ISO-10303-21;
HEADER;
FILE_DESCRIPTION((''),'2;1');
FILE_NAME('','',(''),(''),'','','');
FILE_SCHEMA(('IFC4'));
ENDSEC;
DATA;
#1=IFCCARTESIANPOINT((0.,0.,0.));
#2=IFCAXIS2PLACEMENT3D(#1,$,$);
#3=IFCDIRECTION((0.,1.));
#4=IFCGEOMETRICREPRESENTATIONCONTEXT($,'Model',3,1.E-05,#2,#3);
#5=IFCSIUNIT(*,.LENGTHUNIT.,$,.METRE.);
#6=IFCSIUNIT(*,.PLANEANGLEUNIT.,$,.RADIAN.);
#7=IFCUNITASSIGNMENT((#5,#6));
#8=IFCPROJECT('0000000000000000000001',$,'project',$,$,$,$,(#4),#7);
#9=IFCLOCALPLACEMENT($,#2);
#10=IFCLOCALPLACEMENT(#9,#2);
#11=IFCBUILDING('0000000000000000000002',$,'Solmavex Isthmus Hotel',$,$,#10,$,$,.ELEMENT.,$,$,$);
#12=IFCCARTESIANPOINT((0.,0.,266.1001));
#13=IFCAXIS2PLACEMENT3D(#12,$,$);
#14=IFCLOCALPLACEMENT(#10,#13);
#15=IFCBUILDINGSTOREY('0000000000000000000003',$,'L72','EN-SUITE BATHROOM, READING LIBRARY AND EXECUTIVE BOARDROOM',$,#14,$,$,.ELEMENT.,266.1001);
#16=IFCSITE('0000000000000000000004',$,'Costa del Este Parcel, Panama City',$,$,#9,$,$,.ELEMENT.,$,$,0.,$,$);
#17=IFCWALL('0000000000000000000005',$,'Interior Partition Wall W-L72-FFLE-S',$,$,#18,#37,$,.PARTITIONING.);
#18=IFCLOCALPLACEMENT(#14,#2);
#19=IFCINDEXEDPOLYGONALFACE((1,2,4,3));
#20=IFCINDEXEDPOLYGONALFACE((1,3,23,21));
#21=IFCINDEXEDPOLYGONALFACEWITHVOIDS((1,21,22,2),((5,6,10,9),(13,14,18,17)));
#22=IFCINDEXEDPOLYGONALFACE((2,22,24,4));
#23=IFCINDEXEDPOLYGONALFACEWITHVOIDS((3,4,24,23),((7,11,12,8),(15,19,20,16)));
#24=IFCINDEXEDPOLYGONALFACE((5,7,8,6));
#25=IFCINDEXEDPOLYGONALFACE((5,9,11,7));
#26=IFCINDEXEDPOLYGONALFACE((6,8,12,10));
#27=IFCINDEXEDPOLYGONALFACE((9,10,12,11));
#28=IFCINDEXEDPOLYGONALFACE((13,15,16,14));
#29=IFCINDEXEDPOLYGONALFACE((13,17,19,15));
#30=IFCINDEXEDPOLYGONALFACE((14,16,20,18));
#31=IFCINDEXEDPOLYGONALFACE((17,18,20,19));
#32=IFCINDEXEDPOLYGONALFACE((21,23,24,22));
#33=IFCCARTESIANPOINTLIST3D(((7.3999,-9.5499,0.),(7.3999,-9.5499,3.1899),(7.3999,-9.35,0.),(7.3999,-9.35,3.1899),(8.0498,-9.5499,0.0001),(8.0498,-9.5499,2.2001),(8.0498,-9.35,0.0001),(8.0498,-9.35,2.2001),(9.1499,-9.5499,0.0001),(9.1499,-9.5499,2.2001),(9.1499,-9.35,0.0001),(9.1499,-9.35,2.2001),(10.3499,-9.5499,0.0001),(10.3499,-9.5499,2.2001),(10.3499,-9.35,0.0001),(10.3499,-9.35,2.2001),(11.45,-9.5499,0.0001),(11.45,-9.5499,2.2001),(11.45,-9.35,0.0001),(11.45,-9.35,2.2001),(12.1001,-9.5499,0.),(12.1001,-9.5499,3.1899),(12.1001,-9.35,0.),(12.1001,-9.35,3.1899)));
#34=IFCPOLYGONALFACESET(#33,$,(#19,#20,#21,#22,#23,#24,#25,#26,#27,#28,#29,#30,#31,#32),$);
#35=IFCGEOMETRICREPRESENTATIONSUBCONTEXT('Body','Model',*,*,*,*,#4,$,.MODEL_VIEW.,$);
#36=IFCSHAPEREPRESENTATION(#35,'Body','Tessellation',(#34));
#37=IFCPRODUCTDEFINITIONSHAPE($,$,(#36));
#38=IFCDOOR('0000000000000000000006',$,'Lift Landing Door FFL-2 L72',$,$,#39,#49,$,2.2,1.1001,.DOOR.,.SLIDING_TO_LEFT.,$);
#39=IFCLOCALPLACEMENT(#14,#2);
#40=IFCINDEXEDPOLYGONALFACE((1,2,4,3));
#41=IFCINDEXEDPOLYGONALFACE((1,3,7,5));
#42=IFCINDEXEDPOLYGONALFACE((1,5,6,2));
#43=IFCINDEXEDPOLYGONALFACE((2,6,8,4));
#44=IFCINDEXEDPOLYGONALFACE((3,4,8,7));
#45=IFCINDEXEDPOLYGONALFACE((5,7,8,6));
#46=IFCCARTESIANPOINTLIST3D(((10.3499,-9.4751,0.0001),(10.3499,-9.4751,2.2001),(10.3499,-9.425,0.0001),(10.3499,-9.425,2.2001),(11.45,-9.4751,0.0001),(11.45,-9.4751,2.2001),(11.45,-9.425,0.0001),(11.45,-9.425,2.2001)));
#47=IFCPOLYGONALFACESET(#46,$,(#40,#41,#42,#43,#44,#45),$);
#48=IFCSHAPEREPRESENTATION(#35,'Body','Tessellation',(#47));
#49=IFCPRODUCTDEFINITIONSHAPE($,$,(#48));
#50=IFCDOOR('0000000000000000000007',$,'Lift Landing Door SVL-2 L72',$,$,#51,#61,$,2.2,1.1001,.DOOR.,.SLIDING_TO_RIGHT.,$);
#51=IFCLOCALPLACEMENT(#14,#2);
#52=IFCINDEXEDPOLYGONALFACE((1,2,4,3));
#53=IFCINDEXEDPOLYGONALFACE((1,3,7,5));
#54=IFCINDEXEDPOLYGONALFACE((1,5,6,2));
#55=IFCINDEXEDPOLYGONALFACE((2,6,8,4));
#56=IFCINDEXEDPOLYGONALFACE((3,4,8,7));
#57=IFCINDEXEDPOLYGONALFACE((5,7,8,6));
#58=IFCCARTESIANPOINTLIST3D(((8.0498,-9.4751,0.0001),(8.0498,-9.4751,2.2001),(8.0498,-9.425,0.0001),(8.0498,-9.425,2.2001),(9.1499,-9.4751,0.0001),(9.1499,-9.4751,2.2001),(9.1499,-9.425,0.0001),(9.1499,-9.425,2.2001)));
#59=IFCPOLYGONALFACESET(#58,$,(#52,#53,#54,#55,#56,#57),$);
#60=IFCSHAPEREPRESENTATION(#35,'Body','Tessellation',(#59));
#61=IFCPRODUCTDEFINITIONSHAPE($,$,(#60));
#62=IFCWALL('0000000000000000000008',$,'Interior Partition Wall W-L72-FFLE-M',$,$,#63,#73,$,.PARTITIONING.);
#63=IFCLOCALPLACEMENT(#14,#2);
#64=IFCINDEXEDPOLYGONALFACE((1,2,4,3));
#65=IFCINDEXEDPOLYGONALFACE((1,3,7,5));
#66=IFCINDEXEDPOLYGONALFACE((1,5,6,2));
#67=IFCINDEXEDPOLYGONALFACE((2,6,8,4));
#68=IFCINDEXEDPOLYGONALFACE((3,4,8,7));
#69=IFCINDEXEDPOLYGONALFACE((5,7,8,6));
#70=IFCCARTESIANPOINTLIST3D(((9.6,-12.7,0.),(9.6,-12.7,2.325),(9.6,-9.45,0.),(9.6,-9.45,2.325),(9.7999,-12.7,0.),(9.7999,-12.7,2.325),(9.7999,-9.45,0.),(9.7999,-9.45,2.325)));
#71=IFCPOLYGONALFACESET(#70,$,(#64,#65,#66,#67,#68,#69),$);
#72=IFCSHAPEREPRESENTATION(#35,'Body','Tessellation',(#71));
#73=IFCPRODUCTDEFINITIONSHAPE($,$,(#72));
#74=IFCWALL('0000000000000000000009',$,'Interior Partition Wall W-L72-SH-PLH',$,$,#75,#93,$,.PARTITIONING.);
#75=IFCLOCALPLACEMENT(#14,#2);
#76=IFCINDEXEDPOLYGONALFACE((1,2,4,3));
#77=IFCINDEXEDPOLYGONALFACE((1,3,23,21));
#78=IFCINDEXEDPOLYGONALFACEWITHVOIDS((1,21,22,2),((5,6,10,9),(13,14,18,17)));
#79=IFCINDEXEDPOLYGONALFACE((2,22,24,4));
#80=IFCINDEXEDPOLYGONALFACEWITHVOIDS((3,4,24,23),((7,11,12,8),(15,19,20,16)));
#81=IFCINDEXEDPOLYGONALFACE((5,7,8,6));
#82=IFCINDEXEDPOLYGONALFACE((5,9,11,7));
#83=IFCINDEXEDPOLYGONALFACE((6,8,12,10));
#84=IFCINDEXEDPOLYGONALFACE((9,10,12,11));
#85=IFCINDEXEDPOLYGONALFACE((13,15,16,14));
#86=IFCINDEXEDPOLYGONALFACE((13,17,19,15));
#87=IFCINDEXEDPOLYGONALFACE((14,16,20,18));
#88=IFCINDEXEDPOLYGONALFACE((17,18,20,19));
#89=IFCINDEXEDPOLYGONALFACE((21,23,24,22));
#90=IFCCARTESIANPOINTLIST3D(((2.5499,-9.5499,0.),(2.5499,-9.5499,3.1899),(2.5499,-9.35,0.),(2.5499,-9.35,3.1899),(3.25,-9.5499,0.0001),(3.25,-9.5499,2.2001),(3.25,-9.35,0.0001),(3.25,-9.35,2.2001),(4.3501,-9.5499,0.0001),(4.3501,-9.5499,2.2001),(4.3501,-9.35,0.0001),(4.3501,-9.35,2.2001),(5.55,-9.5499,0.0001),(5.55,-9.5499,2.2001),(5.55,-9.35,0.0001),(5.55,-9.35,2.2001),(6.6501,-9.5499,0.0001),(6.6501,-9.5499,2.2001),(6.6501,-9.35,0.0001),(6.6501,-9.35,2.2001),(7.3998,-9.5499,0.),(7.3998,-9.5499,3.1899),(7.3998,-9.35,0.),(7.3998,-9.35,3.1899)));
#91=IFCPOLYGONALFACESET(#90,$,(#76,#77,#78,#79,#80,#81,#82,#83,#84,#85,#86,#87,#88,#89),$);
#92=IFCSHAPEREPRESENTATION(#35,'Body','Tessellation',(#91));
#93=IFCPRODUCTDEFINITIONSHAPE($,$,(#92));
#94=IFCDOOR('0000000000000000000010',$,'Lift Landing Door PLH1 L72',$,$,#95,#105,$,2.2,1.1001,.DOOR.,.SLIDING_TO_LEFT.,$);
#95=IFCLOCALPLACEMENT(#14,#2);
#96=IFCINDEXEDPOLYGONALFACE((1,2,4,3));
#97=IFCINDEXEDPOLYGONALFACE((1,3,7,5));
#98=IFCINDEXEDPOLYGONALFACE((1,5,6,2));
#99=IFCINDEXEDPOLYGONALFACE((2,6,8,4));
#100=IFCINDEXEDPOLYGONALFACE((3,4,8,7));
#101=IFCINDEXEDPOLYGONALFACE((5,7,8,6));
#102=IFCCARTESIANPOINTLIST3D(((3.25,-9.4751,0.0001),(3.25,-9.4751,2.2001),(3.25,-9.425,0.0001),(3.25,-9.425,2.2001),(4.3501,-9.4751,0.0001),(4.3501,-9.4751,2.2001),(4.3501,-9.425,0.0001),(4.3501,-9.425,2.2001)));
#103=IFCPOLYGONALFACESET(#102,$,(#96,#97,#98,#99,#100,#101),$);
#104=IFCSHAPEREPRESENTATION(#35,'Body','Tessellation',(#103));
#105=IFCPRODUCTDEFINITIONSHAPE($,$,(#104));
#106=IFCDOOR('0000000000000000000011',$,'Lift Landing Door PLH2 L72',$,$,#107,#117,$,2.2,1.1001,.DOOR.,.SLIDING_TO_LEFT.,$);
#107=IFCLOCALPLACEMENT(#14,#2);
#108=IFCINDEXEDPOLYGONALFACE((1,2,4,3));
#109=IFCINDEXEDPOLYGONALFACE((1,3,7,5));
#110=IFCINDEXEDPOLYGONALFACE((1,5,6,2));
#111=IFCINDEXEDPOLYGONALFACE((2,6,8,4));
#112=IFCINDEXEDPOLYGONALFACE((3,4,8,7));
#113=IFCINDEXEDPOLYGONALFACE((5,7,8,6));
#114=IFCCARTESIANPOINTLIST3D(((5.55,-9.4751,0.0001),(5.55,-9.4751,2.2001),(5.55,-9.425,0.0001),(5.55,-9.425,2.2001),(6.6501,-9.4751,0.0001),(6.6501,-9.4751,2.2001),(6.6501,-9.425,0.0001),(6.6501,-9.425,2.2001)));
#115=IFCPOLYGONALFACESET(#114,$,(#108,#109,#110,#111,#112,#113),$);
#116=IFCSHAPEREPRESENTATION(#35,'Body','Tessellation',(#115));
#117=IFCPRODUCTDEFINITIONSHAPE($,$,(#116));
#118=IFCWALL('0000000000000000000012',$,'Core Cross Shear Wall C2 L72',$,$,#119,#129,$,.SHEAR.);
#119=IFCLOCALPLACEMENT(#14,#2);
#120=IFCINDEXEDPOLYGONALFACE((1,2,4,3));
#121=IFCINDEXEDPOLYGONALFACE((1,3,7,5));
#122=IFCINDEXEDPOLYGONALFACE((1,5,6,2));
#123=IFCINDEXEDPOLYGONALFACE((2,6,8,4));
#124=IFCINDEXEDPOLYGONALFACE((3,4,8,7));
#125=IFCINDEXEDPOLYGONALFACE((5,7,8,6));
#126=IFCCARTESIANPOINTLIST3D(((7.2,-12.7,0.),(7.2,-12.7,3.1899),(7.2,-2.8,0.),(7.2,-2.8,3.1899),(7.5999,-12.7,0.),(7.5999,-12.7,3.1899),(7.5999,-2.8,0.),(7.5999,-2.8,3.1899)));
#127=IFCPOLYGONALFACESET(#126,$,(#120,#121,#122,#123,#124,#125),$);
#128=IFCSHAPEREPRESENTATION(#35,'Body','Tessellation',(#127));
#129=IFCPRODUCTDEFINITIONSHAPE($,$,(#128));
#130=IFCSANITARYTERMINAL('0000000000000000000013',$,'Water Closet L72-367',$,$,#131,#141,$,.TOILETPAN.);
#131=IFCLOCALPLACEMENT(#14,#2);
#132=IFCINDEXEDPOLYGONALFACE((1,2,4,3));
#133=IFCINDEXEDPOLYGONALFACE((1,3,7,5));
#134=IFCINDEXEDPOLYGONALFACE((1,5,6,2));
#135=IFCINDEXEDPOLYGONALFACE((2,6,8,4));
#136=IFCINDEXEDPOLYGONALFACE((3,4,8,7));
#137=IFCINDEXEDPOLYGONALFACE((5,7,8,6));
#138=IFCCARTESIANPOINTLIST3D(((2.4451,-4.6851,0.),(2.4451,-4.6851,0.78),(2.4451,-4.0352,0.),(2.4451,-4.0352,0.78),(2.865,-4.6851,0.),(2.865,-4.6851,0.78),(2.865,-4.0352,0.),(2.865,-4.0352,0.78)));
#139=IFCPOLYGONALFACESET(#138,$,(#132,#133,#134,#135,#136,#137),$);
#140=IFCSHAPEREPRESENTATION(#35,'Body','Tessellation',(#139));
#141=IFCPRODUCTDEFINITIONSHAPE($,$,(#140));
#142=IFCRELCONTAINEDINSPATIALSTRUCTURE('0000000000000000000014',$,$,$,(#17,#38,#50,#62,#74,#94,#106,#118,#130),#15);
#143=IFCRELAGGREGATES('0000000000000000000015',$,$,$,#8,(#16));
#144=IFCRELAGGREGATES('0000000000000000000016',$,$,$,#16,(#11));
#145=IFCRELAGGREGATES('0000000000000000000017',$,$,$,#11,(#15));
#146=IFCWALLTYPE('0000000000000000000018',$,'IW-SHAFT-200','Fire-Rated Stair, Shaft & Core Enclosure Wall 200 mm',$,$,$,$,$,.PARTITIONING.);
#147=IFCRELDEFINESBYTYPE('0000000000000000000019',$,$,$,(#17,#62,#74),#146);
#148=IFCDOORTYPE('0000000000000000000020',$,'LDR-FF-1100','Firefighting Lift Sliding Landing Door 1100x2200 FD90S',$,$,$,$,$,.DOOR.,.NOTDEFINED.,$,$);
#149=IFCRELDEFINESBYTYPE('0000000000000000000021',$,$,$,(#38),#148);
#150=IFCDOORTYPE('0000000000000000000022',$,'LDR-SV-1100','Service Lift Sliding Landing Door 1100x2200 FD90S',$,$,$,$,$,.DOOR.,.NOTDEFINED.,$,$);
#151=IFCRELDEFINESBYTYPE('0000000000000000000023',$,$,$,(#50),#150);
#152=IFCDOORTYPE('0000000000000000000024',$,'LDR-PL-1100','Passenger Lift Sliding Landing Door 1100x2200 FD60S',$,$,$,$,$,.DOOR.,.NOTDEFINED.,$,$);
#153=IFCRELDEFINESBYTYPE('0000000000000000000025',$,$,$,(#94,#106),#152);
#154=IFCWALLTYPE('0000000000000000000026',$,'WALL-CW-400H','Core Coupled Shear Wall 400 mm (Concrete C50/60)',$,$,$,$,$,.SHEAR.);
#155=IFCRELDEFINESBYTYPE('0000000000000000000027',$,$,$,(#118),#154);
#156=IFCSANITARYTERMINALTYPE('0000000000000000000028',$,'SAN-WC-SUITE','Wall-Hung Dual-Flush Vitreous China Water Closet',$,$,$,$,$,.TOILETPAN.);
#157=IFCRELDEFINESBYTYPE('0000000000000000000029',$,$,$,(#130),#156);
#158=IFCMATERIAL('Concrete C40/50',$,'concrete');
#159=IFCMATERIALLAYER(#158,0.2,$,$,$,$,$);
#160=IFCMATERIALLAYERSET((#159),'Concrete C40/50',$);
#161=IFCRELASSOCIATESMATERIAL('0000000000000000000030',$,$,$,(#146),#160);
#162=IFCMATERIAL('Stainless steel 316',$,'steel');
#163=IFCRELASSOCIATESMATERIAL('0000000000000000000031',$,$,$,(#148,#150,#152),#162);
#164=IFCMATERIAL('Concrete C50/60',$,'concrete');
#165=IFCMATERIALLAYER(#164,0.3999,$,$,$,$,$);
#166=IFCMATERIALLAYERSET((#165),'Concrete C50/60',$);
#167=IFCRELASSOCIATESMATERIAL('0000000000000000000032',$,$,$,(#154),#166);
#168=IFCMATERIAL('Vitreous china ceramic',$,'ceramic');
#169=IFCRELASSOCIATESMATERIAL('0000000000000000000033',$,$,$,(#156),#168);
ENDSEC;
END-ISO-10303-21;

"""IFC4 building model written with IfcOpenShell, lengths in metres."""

from ifc_helpers import new_model, si_unit, direction, frame, frame_2d, origin, origin_2d, place, context, subcontext, project, spatial, rectangle, extrude, material, layer, layer_set, type_object, element, fill, save


model = new_model("IFC4")

# Units and contexts
model_context = context("Model", 3, precision=1e-05, world=origin(), true_north=direction((0.0, 1.0)))
body_context = subcontext(model_context, "Body", "Model", "MODEL_VIEW")
ifc_project = project(units=[si_unit("LENGTHUNIT", "METRE"), si_unit("PLANEANGLEUNIT", "RADIAN")], contexts=[model_context])

# Site, building, storey
site_placement = place(None, origin())
site = spatial("IfcSite", under=ifc_project, at=site_placement, Name="Costa del Este Parcel, Panama City", CompositionType="ELEMENT", RefElevation=0.0)
building_placement = place(site_placement, origin())
building = spatial("IfcBuilding", under=site, at=building_placement, Name="Solmavex Isthmus Hotel", CompositionType="ELEMENT")
storey_placement = place(building_placement, frame((0.0, 0.0, 266.1001)))
storey = spatial("IfcBuildingStorey", under=building, at=storey_placement, Name="L72", Description="EN-SUITE BATHROOM, READING LIBRARY AND EXECUTIVE BOARDROOM", CompositionType="ELEMENT", Elevation=266.1001)

# Shared definitions
ifc_material_1 = material(Name="Concrete C50/60", Category="concrete")

# Shared definitions
ifc_material_2 = material(Name="Concrete C40/50", Category="concrete")

# Wall, openings, doors
ifc_layer_1 = layer(ifc_material_2, 0.2)
ifc_layer_set_1 = layer_set([ifc_layer_1], Name="Concrete C40/50")
wall_type_1 = type_object("IfcWallType", Name="IW-SHAFT-200", Description="Fire-Rated Stair, Shaft & Core Enclosure Wall 200 mm", PredefinedType="PARTITIONING", material=ifc_layer_set_1)
wall_1_placement = place(storey_placement, frame((7.3999, -9.45, 0.0), z_axis=(0.0, 0.0, 1.0), x_axis=(1.0, 0.0, 0.0)))
wall_1 = element("IfcWall", 1, at=wall_1_placement, inside=storey, type_object=wall_type_1, Name="Interior Partition Wall W-L72-FFLE-S", PredefinedType="PARTITIONING", context=body_context, shape_type="SweptSolid", body=[
    extrude(rectangle(XDim=4.7002, YDim=0.2, at=frame_2d((2.3501, 0.0))), origin(), (0.0, 0.0, 1.0), 3.1899),
])
opening_1_placement = place(wall_1_placement, frame((2.95, 0.0, 0.0)))
opening_1 = element("IfcOpeningElement", 2, at=opening_1_placement, cuts=wall_1, PredefinedType="OPENING", context=body_context, shape_type="SweptSolid", body=[
    extrude(rectangle(XDim=1.1001, YDim=2.2, at=frame_2d((0.55, 1.1001))), frame((0.0, 0.1099, 0.0), z_axis=(0.0, -1.0, 0.0), x_axis=(1.0, 0.0, 0.0)), (0.0, 0.0, 1.0), 0.22),
])
opening_2_placement = place(wall_1_placement, frame((0.6499, 0.0, 0.0)))
opening_2 = element("IfcOpeningElement", 3, at=opening_2_placement, cuts=wall_1, PredefinedType="OPENING", context=body_context, shape_type="SweptSolid", body=[
    extrude(rectangle(XDim=1.1001, YDim=2.2, at=frame_2d((0.55, 1.1001))), frame((0.0, 0.1099, 0.0), z_axis=(0.0, -1.0, 0.0), x_axis=(1.0, 0.0, 0.0)), (0.0, 0.0, 1.0), 0.22),
])
ifc_material_3 = material(Name="Stainless steel 316", Category="steel")
door_type_1 = type_object("IfcDoorType", Name="LDR-FF-1100", Description="Firefighting Lift Sliding Landing Door 1100x2200 FD90S", OperationType="NOTDEFINED", PredefinedType="DOOR", material=ifc_material_3)
door_1_placement = place(opening_1_placement, origin())
door_1 = element("IfcDoor", 4, at=door_1_placement, inside=storey, type_object=door_type_1, Name="Lift Landing Door FFL-2 L72", OperationType="SLIDING_TO_LEFT", OverallHeight=2.2, OverallWidth=1.1001, PredefinedType="DOOR", context=body_context, shape_type="SweptSolid", body=[
    extrude(rectangle(XDim=1.1001, YDim=2.2, at=frame_2d((0.55, 1.1001))), frame((0.0, 0.0249, 0.0), z_axis=(0.0, -1.0, 0.0), x_axis=(1.0, 0.0, 0.0)), (0.0, 0.0, 1.0), 0.05),
])
fill(opening_1, door_1)
door_type_2 = type_object("IfcDoorType", Name="LDR-SV-1100", Description="Service Lift Sliding Landing Door 1100x2200 FD90S", OperationType="NOTDEFINED", PredefinedType="DOOR", material=ifc_material_3)
door_2_placement = place(opening_2_placement, origin())
door_2 = element("IfcDoor", 5, at=door_2_placement, inside=storey, type_object=door_type_2, Name="Lift Landing Door SVL-2 L72", OperationType="SLIDING_TO_RIGHT", OverallHeight=2.2, OverallWidth=1.1001, PredefinedType="DOOR", context=body_context, shape_type="SweptSolid", body=[
    extrude(rectangle(XDim=1.1001, YDim=2.2, at=frame_2d((0.55, 1.1001))), frame((0.0, 0.0249, 0.0), z_axis=(0.0, -1.0, 0.0), x_axis=(1.0, 0.0, 0.0)), (0.0, 0.0, 1.0), 0.05),
])
fill(opening_2, door_2)

# Wall
wall_2_placement = place(storey_placement, frame((9.7, -12.7, 0.0), z_axis=(0.0, 0.0, 1.0), x_axis=(0.0, 1.0, 0.0)))
element("IfcWall", 6, at=wall_2_placement, inside=storey, type_object=wall_type_1, Name="Interior Partition Wall W-L72-FFLE-M", PredefinedType="PARTITIONING", context=body_context, shape_type="SweptSolid", body=[
    extrude(rectangle(XDim=3.25, YDim=0.2, at=frame_2d((1.625, 0.0))), origin(), (0.0, 0.0, 1.0), 2.325),
])

# Wall, openings, doors
wall_3_placement = place(storey_placement, frame((2.55, -9.45, 0.0), z_axis=(0.0, 0.0, 1.0), x_axis=(1.0, 0.0, 0.0)))
wall_3 = element("IfcWall", 7, at=wall_3_placement, inside=storey, type_object=wall_type_1, Name="Interior Partition Wall W-L72-SH-PLH", PredefinedType="PARTITIONING", context=body_context, shape_type="SweptSolid", body=[
    extrude(rectangle(XDim=4.8499, YDim=0.2, at=frame_2d((2.4248, 0.0))), origin(), (0.0, 0.0, 1.0), 3.1899),
])
opening_3_placement = place(wall_3_placement, frame((0.7, 0.0, 0.0)))
opening_3 = element("IfcOpeningElement", 8, at=opening_3_placement, cuts=wall_3, PredefinedType="OPENING", context=body_context, shape_type="SweptSolid", body=[
    extrude(rectangle(XDim=1.1001, YDim=2.2, at=frame_2d((0.55, 1.1001))), frame((0.0, 0.1099, 0.0), z_axis=(0.0, -1.0, 0.0), x_axis=(1.0, 0.0, 0.0)), (0.0, 0.0, 1.0), 0.22),
])
opening_4_placement = place(wall_3_placement, frame((3.0, 0.0, 0.0)))
opening_4 = element("IfcOpeningElement", 9, at=opening_4_placement, cuts=wall_3, PredefinedType="OPENING", context=body_context, shape_type="SweptSolid", body=[
    extrude(rectangle(XDim=1.1001, YDim=2.2, at=frame_2d((0.55, 1.1001))), frame((0.0, 0.1099, 0.0), z_axis=(0.0, -1.0, 0.0), x_axis=(1.0, 0.0, 0.0)), (0.0, 0.0, 1.0), 0.22),
])
door_type_3 = type_object("IfcDoorType", Name="LDR-PL-1100", Description="Passenger Lift Sliding Landing Door 1100x2200 FD60S", OperationType="NOTDEFINED", PredefinedType="DOOR", material=ifc_material_3)
door_3_placement = place(opening_3_placement, origin())
door_3 = element("IfcDoor", 10, at=door_3_placement, inside=storey, type_object=door_type_3, Name="Lift Landing Door PLH1 L72", OperationType="SLIDING_TO_LEFT", OverallHeight=2.2, OverallWidth=1.1001, PredefinedType="DOOR", context=body_context, shape_type="SweptSolid", body=[
    extrude(rectangle(XDim=1.1001, YDim=2.2, at=frame_2d((0.55, 1.1001))), frame((0.0, 0.0249, 0.0), z_axis=(0.0, -1.0, 0.0), x_axis=(1.0, 0.0, 0.0)), (0.0, 0.0, 1.0), 0.05),
])
fill(opening_3, door_3)
door_4_placement = place(opening_4_placement, origin())
door_4 = element("IfcDoor", 11, at=door_4_placement, inside=storey, type_object=door_type_3, Name="Lift Landing Door PLH2 L72", OperationType="SLIDING_TO_LEFT", OverallHeight=2.2, OverallWidth=1.1001, PredefinedType="DOOR", context=body_context, shape_type="SweptSolid", body=[
    extrude(rectangle(XDim=1.1001, YDim=2.2, at=frame_2d((0.55, 1.1001))), frame((0.0, 0.0249, 0.0), z_axis=(0.0, -1.0, 0.0), x_axis=(1.0, 0.0, 0.0)), (0.0, 0.0, 1.0), 0.05),
])
fill(opening_4, door_4)

# Wall
ifc_layer_2 = layer(ifc_material_1, 0.3999)
ifc_layer_set_2 = layer_set([ifc_layer_2], Name="Concrete C50/60")
wall_type_2 = type_object("IfcWallType", Name="WALL-CW-400H", Description="Core Coupled Shear Wall 400 mm (Concrete C50/60)", PredefinedType="SHEAR", material=ifc_layer_set_2)
wall_4_placement = place(storey_placement, frame((7.3999, -12.7, 0.0), z_axis=(0.0, 0.0, 1.0), x_axis=(0.0, 1.0, 0.0)))
element("IfcWall", 12, at=wall_4_placement, inside=storey, type_object=wall_type_2, Name="Core Cross Shear Wall C2 L72", PredefinedType="SHEAR", context=body_context, shape_type="SweptSolid", body=[
    extrude(rectangle(XDim=9.8999, YDim=0.3999, at=frame_2d((4.95, 0.0))), origin(), (0.0, 0.0, 1.0), 3.1899),
])

# Sanitary terminal
ifc_material_4 = material(Name="Vitreous china ceramic", Category="ceramic")
sanitary_terminal_type = type_object("IfcSanitaryTerminalType", Name="SAN-WC-SUITE", Description="Wall-Hung Dual-Flush Vitreous China Water Closet", PredefinedType="TOILETPAN", material=ifc_material_4)
sanitary_terminal_placement = place(storey_placement, frame((2.655, -4.3601, 0.0), z_axis=(0.0, 0.0, 1.0), x_axis=(1.0, 0.0, 0.0)))
element("IfcSanitaryTerminal", 13, at=sanitary_terminal_placement, inside=storey, type_object=sanitary_terminal_type, Name="Water Closet L72-367", PredefinedType="TOILETPAN", context=body_context, shape_type="SweptSolid", body=[
    extrude(rectangle(XDim=0.4199, YDim=0.6499, at=origin_2d()), origin(), (0.0, 0.0, 1.0), 0.78),
])

save(model, "model.ifc")
